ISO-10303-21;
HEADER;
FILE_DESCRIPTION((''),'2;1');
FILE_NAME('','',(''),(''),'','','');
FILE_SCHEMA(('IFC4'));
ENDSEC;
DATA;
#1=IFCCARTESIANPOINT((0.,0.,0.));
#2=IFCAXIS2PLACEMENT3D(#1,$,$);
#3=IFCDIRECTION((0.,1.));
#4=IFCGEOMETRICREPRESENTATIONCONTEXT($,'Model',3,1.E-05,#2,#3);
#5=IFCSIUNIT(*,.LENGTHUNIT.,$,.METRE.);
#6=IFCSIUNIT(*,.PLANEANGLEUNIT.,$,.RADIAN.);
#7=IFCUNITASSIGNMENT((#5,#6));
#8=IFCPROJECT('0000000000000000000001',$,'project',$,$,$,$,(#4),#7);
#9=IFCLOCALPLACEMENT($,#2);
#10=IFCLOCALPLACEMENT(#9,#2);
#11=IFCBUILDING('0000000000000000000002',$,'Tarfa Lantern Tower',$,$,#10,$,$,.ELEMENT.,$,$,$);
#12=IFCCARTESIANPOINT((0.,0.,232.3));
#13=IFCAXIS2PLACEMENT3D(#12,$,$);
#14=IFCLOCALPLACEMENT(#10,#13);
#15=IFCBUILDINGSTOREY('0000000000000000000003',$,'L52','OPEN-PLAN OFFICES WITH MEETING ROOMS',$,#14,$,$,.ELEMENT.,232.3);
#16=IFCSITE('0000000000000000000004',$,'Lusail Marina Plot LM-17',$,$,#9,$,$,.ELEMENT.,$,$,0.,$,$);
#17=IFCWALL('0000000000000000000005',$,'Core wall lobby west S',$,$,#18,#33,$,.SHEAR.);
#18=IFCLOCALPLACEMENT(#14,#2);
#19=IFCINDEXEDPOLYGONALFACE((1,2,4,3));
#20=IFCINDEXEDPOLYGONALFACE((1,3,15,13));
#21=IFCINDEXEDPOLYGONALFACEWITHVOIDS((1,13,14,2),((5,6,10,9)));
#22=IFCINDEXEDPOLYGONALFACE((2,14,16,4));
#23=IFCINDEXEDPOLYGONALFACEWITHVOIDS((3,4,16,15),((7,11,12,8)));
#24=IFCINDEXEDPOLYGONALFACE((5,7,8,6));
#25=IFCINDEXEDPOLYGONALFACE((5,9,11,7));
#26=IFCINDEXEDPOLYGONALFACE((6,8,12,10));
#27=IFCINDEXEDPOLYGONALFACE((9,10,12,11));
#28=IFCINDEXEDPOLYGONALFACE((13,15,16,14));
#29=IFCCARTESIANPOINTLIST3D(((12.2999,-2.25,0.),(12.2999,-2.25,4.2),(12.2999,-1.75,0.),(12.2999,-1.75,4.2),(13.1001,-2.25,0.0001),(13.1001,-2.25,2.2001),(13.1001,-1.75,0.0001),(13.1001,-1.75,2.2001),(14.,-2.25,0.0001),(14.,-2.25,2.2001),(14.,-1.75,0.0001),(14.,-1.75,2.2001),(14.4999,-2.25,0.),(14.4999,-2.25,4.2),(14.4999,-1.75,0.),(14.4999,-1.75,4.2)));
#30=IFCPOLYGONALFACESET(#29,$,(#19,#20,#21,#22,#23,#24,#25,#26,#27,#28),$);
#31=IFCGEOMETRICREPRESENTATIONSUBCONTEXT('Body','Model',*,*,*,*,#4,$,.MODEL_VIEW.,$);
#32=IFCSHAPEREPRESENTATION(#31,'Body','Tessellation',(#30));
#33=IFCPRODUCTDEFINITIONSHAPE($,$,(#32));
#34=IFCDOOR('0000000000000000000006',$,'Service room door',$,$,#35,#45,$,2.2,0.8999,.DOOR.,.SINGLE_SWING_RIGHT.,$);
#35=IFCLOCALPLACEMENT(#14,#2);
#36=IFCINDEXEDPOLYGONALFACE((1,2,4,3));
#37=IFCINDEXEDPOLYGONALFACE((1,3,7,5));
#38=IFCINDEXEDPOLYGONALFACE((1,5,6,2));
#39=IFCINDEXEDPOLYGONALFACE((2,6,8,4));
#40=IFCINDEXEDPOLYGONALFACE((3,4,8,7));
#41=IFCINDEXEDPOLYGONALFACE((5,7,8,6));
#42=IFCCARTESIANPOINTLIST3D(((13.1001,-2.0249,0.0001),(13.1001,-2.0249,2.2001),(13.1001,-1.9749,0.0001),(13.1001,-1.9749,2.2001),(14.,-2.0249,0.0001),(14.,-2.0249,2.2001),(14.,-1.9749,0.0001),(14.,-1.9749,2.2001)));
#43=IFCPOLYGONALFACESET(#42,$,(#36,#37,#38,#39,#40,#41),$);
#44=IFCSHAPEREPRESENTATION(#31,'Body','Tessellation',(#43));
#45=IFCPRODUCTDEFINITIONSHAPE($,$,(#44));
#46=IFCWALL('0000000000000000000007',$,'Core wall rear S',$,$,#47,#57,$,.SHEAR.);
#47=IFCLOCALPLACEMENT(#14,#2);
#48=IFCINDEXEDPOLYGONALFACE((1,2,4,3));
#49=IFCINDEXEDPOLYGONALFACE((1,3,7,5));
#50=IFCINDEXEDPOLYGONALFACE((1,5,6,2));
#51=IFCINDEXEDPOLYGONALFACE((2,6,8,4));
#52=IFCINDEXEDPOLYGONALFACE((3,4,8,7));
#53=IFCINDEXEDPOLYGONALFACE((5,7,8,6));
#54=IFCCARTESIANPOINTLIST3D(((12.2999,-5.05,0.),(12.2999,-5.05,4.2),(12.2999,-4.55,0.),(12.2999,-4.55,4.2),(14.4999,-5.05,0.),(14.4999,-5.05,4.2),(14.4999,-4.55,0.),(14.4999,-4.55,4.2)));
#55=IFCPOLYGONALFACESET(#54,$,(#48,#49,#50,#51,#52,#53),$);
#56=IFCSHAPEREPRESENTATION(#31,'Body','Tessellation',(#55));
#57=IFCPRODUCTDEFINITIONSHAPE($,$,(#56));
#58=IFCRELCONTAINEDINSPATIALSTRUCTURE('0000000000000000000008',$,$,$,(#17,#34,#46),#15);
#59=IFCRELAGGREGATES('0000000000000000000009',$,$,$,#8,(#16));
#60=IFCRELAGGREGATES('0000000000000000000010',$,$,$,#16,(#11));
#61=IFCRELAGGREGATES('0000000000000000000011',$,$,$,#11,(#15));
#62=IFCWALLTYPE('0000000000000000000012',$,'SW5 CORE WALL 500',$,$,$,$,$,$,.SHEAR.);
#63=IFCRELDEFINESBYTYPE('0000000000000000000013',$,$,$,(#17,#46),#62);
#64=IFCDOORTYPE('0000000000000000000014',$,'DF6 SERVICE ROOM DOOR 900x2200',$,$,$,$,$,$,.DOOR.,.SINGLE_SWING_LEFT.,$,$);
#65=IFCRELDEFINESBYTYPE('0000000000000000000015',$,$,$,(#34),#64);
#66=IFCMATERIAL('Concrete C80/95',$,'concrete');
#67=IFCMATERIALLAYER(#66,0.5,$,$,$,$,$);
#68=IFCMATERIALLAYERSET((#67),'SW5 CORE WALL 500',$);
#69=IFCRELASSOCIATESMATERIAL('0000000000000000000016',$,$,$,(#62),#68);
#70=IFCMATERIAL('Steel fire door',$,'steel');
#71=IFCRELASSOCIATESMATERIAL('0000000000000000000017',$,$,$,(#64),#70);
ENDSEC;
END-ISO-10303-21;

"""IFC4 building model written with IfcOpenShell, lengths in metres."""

from ifc_helpers import new_model, si_unit, direction, frame, frame_2d, origin, place, context, subcontext, project, spatial, rectangle, extrude, material, layer, layer_set, type_object, element, fill, save


model = new_model("IFC4")

# Units and contexts
model_context = context("Model", 3, precision=1e-05, world=origin(), true_north=direction((0.0, 1.0)))
body_context = subcontext(model_context, "Body", "Model", "MODEL_VIEW")
ifc_project = project(units=[si_unit("LENGTHUNIT", "METRE"), si_unit("PLANEANGLEUNIT", "RADIAN")], contexts=[model_context])

# Site, building, storey
site_placement = place(None, origin())
site = spatial("IfcSite", under=ifc_project, at=site_placement, Name="Lusail Marina Plot LM-17", CompositionType="ELEMENT", RefElevation=0.0)
building_placement = place(site_placement, origin())
building = spatial("IfcBuilding", under=site, at=building_placement, Name="Tarfa Lantern Tower", CompositionType="ELEMENT")
storey_placement = place(building_placement, frame((0.0, 0.0, 232.3)))
storey = spatial("IfcBuildingStorey", under=building, at=storey_placement, Name="L52", Description="OPEN-PLAN OFFICES WITH MEETING ROOMS", CompositionType="ELEMENT", Elevation=232.3)

# Shared definitions
ifc_material_1 = material(Name="Concrete C80/95", Category="concrete")

# Wall, opening, door
ifc_material_2 = material(Name="Steel fire door", Category="steel")
ifc_layer_1 = layer(ifc_material_1, 0.5)
ifc_layer_set_1 = layer_set([ifc_layer_1], Name="SW5 CORE WALL 500")
wall_type_1 = type_object("IfcWallType", Name="SW5 CORE WALL 500", PredefinedType="SHEAR", material=ifc_layer_set_1)
wall_1_placement = place(storey_placement, frame((14.5, -2.0, 0.0), z_axis=(0.0, 0.0, 1.0), x_axis=(-1.0, 0.0, 0.0)))
wall_1 = element("IfcWall", 1, at=wall_1_placement, inside=storey, type_object=wall_type_1, Name="Core wall lobby west S", PredefinedType="SHEAR", context=body_context, shape_type="SweptSolid", body=[
    extrude(rectangle(XDim=2.2, YDim=0.5, at=frame_2d((1.1001, 0.0))), origin(), (0.0, 0.0, 1.0), 4.2),
])
opening_1_placement = place(wall_1_placement, frame((0.5, 0.0, 0.0)))
opening_1 = element("IfcOpeningElement", 2, at=opening_1_placement, cuts=wall_1, PredefinedType="OPENING", context=body_context, shape_type="SweptSolid", body=[
    extrude(rectangle(XDim=0.8999, YDim=2.2, at=frame_2d((0.45, 1.1001))), frame((0.0, 0.26, 0.0), z_axis=(0.0, -1.0, 0.0), x_axis=(1.0, 0.0, 0.0)), (0.0, 0.0, 1.0), 0.52),
])
door_type_1 = type_object("IfcDoorType", Name="DF6 SERVICE ROOM DOOR 900x2200", OperationType="SINGLE_SWING_LEFT", PredefinedType="DOOR", material=ifc_material_2)
door_1_placement = place(opening_1_placement, origin())
door_1 = element("IfcDoor", 3, at=door_1_placement, inside=storey, type_object=door_type_1, Name="Service room door", OperationType="SINGLE_SWING_RIGHT", OverallHeight=2.2, OverallWidth=0.8999, PredefinedType="DOOR", context=body_context, shape_type="SweptSolid", body=[
    extrude(rectangle(XDim=0.8999, YDim=2.2, at=frame_2d((0.45, 1.1001))), frame((0.0, 0.0249, 0.0), z_axis=(0.0, -1.0, 0.0), x_axis=(1.0, 0.0, 0.0)), (0.0, 0.0, 1.0), 0.05),
])
fill(opening_1, door_1)

# Wall
wall_2_placement = place(storey_placement, frame((14.5, -4.8, 0.0), z_axis=(0.0, 0.0, 1.0), x_axis=(-1.0, 0.0, 0.0)))
element("IfcWall", 4, at=wall_2_placement, inside=storey, type_object=wall_type_1, Name="Core wall rear S", PredefinedType="SHEAR", context=body_context, shape_type="SweptSolid", body=[
    extrude(rectangle(XDim=2.2, YDim=0.5, at=frame_2d((1.1001, 0.0))), origin(), (0.0, 0.0, 1.0), 4.2),
])

save(model, "model.ifc")
